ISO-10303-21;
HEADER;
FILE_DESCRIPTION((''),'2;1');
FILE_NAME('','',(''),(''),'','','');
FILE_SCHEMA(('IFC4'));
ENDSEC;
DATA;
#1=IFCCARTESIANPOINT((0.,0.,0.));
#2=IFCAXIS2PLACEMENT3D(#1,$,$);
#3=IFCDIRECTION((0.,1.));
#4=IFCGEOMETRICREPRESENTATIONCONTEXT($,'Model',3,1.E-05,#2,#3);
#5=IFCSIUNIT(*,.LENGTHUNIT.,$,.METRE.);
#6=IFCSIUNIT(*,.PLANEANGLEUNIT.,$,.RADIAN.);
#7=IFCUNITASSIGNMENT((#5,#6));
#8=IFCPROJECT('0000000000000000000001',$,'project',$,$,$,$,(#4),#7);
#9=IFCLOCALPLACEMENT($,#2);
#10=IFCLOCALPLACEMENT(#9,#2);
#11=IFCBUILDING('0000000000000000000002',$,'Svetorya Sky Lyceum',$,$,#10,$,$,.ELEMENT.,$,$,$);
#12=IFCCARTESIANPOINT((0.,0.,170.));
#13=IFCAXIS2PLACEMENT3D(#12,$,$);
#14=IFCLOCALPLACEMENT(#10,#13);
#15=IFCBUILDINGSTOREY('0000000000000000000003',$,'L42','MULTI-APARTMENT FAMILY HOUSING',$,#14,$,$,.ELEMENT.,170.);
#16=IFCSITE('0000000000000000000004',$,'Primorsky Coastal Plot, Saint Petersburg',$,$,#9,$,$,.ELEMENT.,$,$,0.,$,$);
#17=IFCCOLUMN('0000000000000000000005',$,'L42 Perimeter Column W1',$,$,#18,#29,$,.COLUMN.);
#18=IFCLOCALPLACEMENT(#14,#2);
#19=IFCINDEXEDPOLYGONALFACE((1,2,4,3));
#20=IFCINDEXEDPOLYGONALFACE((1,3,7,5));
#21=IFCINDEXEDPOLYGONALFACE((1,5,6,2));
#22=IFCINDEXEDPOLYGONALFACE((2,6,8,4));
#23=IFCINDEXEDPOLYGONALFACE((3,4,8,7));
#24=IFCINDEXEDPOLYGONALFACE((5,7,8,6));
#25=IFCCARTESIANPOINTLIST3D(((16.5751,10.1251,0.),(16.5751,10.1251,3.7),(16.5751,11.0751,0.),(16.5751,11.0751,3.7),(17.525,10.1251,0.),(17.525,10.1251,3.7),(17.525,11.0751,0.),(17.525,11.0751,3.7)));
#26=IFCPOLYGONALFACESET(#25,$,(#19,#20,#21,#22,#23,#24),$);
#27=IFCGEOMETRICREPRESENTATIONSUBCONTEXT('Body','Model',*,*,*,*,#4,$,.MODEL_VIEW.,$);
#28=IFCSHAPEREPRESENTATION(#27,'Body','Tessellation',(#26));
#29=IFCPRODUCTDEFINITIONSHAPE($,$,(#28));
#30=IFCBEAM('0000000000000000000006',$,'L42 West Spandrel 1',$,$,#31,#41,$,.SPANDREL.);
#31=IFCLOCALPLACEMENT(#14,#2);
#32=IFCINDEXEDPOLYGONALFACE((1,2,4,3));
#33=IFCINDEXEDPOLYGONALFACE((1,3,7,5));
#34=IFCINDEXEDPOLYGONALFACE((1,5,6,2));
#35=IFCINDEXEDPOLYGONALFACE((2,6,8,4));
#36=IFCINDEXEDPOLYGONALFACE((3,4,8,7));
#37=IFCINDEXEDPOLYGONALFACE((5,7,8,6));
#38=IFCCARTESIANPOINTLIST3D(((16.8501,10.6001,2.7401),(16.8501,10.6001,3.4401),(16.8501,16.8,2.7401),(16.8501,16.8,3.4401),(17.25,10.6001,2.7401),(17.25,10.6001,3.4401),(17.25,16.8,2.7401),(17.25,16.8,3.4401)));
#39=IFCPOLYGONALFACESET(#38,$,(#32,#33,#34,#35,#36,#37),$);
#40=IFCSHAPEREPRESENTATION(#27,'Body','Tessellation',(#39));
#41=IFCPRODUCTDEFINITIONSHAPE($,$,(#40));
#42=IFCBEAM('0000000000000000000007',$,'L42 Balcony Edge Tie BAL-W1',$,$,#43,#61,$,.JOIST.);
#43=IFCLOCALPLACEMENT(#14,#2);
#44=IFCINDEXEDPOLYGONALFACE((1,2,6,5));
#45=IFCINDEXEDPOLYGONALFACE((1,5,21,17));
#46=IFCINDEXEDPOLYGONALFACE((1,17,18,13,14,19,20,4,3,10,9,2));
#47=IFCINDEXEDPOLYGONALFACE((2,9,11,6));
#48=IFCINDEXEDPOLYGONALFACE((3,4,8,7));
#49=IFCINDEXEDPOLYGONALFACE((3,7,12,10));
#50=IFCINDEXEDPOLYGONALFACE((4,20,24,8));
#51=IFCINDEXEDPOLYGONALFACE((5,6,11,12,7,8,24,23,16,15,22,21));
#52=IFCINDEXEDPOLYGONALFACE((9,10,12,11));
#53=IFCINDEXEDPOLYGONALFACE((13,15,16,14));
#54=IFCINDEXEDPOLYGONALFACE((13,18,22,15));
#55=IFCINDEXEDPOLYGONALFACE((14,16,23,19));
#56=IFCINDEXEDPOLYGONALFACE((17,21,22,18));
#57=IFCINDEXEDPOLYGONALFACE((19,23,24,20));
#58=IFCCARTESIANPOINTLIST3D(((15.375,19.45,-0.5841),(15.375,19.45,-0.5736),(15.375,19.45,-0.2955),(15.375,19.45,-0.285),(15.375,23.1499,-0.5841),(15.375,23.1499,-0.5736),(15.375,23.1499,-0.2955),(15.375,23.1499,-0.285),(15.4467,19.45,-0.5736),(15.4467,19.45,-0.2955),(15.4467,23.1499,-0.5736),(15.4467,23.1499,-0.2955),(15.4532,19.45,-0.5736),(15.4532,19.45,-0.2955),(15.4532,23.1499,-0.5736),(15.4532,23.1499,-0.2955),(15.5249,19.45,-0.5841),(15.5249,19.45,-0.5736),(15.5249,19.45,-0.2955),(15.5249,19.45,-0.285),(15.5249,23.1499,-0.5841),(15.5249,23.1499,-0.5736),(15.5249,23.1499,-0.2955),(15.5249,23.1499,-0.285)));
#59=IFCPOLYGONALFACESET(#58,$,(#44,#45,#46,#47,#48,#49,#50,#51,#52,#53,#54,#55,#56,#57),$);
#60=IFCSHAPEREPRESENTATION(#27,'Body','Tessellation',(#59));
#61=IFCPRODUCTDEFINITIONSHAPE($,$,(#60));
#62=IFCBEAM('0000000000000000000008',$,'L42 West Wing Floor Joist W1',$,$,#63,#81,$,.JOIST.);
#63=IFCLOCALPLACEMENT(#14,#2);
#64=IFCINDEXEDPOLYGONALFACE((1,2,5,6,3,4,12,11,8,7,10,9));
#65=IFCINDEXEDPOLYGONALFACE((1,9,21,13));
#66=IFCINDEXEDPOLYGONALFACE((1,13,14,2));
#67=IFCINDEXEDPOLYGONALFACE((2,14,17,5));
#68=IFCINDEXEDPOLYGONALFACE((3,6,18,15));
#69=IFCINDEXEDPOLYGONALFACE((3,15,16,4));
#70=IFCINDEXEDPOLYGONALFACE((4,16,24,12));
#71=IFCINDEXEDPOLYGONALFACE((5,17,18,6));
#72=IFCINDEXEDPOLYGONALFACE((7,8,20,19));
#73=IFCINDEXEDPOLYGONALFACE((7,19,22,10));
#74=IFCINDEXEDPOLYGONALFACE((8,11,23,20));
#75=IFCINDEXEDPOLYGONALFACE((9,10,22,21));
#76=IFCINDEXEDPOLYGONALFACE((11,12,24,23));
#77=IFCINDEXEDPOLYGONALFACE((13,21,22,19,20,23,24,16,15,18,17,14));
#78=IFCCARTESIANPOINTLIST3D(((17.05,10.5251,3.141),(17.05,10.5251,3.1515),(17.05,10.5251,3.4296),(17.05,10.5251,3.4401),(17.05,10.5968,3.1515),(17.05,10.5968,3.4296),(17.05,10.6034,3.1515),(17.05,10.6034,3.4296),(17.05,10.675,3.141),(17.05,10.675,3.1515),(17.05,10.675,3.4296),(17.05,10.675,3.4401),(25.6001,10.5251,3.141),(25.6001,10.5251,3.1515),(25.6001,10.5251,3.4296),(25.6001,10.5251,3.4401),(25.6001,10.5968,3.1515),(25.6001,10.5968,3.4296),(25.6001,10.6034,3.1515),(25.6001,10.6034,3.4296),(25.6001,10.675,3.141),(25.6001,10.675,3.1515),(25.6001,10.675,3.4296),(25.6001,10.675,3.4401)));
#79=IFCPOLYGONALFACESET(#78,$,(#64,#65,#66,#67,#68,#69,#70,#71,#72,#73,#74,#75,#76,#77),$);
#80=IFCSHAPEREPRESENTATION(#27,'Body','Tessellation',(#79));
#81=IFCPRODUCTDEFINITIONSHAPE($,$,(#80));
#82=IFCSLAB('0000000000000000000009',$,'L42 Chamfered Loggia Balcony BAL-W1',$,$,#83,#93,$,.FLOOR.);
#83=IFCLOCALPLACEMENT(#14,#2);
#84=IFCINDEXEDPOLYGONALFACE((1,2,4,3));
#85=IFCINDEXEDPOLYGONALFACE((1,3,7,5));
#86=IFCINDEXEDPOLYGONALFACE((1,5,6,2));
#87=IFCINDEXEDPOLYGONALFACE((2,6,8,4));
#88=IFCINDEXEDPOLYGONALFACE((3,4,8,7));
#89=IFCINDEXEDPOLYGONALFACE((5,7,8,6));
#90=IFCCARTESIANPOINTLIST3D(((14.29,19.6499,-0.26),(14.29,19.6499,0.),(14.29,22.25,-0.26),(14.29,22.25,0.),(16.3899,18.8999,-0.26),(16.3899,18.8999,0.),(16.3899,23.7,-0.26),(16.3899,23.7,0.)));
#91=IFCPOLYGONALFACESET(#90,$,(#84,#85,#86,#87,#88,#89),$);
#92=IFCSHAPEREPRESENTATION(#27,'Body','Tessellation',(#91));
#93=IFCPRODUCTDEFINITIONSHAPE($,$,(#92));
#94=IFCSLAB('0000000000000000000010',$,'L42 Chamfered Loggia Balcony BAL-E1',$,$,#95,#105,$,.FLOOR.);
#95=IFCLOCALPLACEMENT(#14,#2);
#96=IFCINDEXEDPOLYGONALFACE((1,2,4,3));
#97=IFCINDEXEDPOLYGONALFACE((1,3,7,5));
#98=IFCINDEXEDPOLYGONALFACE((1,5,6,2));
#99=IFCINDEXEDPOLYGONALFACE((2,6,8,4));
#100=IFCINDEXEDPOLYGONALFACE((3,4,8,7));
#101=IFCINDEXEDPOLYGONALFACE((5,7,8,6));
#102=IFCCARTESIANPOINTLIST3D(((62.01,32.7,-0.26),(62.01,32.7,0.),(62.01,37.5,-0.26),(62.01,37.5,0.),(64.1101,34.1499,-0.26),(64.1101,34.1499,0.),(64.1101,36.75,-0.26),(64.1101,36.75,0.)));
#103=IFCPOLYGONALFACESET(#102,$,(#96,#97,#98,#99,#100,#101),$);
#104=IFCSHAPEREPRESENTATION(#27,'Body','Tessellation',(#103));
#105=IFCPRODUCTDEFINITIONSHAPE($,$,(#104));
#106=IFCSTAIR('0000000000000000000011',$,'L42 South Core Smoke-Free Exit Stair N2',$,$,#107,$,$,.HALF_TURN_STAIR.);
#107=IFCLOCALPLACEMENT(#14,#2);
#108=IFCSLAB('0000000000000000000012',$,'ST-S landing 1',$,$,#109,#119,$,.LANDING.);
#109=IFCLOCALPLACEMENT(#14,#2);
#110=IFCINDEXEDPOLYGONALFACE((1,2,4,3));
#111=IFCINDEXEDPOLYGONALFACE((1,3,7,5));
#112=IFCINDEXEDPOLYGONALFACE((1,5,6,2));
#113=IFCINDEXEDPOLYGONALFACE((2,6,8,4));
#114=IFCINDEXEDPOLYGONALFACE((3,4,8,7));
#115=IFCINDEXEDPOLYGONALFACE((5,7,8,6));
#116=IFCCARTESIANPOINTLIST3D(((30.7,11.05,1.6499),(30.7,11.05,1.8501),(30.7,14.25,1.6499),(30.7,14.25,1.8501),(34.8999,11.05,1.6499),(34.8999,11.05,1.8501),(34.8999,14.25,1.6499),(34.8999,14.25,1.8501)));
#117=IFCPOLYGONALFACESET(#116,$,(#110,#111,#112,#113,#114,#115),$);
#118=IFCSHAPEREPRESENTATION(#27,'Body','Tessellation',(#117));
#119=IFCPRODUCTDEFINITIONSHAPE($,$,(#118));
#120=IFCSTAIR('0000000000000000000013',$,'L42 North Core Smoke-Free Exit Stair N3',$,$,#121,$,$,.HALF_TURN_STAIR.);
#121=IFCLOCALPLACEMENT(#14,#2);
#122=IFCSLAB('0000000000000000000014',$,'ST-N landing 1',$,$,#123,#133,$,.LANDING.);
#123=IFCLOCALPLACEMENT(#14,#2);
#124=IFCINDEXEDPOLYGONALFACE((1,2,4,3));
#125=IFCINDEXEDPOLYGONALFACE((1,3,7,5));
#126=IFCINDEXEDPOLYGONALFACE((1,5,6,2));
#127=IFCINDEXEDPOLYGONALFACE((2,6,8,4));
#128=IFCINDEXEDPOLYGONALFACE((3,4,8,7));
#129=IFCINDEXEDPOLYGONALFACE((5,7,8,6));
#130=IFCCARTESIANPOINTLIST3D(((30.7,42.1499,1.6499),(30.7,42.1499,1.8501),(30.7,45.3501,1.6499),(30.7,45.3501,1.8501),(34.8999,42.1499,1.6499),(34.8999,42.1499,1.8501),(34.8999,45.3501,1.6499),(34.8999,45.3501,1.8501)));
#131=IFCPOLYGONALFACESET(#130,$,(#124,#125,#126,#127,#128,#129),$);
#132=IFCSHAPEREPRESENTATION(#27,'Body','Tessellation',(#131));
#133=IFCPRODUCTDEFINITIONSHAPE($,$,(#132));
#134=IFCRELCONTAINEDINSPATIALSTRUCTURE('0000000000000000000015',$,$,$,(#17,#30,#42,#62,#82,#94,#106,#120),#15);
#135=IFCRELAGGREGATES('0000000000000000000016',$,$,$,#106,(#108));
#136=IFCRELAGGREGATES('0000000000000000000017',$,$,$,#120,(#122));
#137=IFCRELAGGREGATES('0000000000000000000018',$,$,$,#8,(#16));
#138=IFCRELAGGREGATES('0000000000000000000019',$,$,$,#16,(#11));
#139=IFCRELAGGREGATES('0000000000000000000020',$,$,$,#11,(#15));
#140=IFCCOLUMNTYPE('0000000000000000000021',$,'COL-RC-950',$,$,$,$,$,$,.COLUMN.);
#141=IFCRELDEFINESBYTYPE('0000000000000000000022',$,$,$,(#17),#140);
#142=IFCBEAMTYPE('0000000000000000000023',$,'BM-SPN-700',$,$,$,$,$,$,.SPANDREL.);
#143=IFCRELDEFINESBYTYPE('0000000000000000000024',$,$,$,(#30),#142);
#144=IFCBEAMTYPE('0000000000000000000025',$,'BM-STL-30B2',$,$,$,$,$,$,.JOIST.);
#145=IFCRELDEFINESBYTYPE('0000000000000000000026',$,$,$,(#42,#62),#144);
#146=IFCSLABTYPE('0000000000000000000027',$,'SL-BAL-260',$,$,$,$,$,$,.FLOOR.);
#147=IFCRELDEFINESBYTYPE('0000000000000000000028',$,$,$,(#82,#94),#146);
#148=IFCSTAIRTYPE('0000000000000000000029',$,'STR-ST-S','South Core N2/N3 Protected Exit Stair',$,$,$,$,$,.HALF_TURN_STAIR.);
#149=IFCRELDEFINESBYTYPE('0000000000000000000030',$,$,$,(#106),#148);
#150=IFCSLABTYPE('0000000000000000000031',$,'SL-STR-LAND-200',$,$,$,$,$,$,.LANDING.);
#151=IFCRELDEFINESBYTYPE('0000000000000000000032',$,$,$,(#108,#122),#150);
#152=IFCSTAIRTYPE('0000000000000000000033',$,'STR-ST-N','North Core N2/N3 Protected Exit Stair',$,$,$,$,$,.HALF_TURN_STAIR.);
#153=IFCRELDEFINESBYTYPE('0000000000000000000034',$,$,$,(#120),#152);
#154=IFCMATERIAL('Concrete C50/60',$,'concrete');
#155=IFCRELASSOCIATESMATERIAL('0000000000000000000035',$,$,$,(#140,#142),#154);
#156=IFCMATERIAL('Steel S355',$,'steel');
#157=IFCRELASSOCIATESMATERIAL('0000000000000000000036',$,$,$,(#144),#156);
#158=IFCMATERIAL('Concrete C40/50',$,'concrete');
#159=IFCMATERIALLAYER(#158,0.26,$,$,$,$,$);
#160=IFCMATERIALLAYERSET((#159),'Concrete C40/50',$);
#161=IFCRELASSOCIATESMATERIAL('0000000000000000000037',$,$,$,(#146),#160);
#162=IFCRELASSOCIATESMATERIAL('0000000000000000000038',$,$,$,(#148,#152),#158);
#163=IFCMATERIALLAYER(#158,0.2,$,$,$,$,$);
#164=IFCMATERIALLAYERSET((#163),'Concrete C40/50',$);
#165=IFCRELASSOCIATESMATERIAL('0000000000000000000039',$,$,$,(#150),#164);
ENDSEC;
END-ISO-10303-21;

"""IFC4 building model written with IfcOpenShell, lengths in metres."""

from ifc_helpers import new_model, si_unit, direction, frame, origin, origin_2d, place, context, subcontext, project, spatial, polyline, rectangle, i_section, outline, extrude, material, layer, layer_set, material_profile, profile_set, type_object, element, aggregate, save


model = new_model("IFC4")

# Units and contexts
model_context = context("Model", 3, precision=1e-05, world=origin(), true_north=direction((0.0, 1.0)))
body_context = subcontext(model_context, "Body", "Model", "MODEL_VIEW")
ifc_project = project(units=[si_unit("LENGTHUNIT", "METRE"), si_unit("PLANEANGLEUNIT", "RADIAN")], contexts=[model_context])

# Site, building, storey
site_placement = place(None, origin())
site = spatial("IfcSite", under=ifc_project, at=site_placement, Name="Primorsky Coastal Plot, Saint Petersburg", CompositionType="ELEMENT", RefElevation=0.0)
building_placement = place(site_placement, origin())
building = spatial("IfcBuilding", under=site, at=building_placement, Name="Svetorya Sky Lyceum", CompositionType="ELEMENT")
storey_placement = place(building_placement, frame((0.0, 0.0, 170.0)))
storey = spatial("IfcBuildingStorey", under=building, at=storey_placement, Name="L42", Description="MULTI-APARTMENT FAMILY HOUSING", CompositionType="ELEMENT", Elevation=170.0)

# Column
ifc_material_1 = material(Name="Concrete C50/60", Category="concrete")
ifc_material_profile_1 = material_profile(ifc_material_1, rectangle(XDim=0.95, YDim=0.95, at=origin_2d()), Name="RC COL 950x950")
ifc_profile_set_1 = profile_set([ifc_material_profile_1], Name="Concrete C50/60")
column_type = type_object("IfcColumnType", Name="COL-RC-950", PredefinedType="COLUMN", material=ifc_profile_set_1)
column_placement = place(storey_placement, frame((17.05, 10.6001, 0.0), z_axis=(0.0, 0.0, 1.0), x_axis=(1.0, 0.0, 0.0)))
element("IfcColumn", 1, at=column_placement, inside=storey, type_object=column_type, Name="L42 Perimeter Column W1", PredefinedType="COLUMN", context=body_context, shape_type="SweptSolid", body=[
    extrude(rectangle(XDim=0.95, YDim=0.95, at=origin_2d()), origin(), (0.0, 0.0, 1.0), 3.7),
])

# Beams
ifc_material_profile_2 = material_profile(ifc_material_1, rectangle(XDim=0.3999, YDim=0.7, at=origin_2d()), Name="RC SPANDREL 400x700")
ifc_profile_set_2 = profile_set([ifc_material_profile_2], Name="Concrete C50/60")
beam_type_1 = type_object("IfcBeamType", Name="BM-SPN-700", PredefinedType="SPANDREL", material=ifc_profile_set_2)
beam_1_placement = place(storey_placement, frame((17.05, 10.6001, 3.0901), z_axis=(0.0, 1.0, 0.0), x_axis=(-1.0, 0.0, 0.0)))
element("IfcBeam", 2, at=beam_1_placement, inside=storey, type_object=beam_type_1, Name="L42 West Spandrel 1", PredefinedType="SPANDREL", context=body_context, shape_type="SweptSolid", body=[
    extrude(rectangle(XDim=0.3999, YDim=0.7, at=origin_2d()), origin(), (0.0, 0.0, 1.0), 6.2),
])
ifc_material_2 = material(Name="Steel S355", Category="steel")
ifc_material_profile_3 = material_profile(ifc_material_2, i_section(OverallWidth=0.1499, OverallDepth=0.2991, WebThickness=0.0066, FlangeThickness=0.0105, at=origin_2d()), Name="GOST 30B2")
ifc_profile_set_3 = profile_set([ifc_material_profile_3], Name="Steel S355")
beam_type_2 = type_object("IfcBeamType", Name="BM-STL-30B2", PredefinedType="JOIST", material=ifc_profile_set_3)
beam_2_placement = place(storey_placement, frame((15.45, 19.45, -0.4346), z_axis=(0.0, 1.0, 0.0), x_axis=(-1.0, 0.0, 0.0)))
element("IfcBeam", 3, at=beam_2_placement, inside=storey, type_object=beam_type_2, Name="L42 Balcony Edge Tie BAL-W1", PredefinedType="JOIST", context=body_context, shape_type="SweptSolid", body=[
    extrude(i_section(OverallWidth=0.1499, OverallDepth=0.2991, WebThickness=0.0066, FlangeThickness=0.0105, at=origin_2d()), origin(), (0.0, 0.0, 1.0), 3.7),
])
beam_3_placement = place(storey_placement, frame((17.05, 10.6001, 3.2905), z_axis=(1.0, 0.0, 0.0), x_axis=(0.0, 1.0, 0.0)))
element("IfcBeam", 4, at=beam_3_placement, inside=storey, type_object=beam_type_2, Name="L42 West Wing Floor Joist W1", PredefinedType="JOIST", context=body_context, shape_type="SweptSolid", body=[
    extrude(i_section(OverallWidth=0.1499, OverallDepth=0.2991, WebThickness=0.0066, FlangeThickness=0.0105, at=origin_2d()), origin(), (0.0, 0.0, 1.0), 8.55),
])

# Slabs
ifc_material_3 = material(Name="Concrete C40/50", Category="concrete")
ifc_layer_1 = layer(ifc_material_3, 0.26)
ifc_layer_set_1 = layer_set([ifc_layer_1], Name="Concrete C40/50")
slab_type_1 = type_object("IfcSlabType", Name="SL-BAL-260", PredefinedType="FLOOR", material=ifc_layer_set_1)
slab_1_placement = place(storey_placement, frame((0.0, 0.0, -0.26)))
element("IfcSlab", 5, at=slab_1_placement, inside=storey, type_object=slab_type_1, Name="L42 Chamfered Loggia Balcony BAL-W1", PredefinedType="FLOOR", context=body_context, shape_type="SweptSolid", body=[
    extrude(outline(polyline([(16.3899, 18.8999), (16.3899, 23.7), (14.29, 22.25), (14.29, 19.6499), (16.3899, 18.8999)])), origin(), (0.0, 0.0, 1.0), 0.26),
])
slab_2_placement = place(storey_placement, frame((0.0, 0.0, -0.26)))
element("IfcSlab", 6, at=slab_2_placement, inside=storey, type_object=slab_type_1, Name="L42 Chamfered Loggia Balcony BAL-E1", PredefinedType="FLOOR", context=body_context, shape_type="SweptSolid", body=[
    extrude(outline(polyline([(62.01, 32.7), (64.1101, 34.1499), (64.1101, 36.75), (62.01, 37.5), (62.01, 32.7)])), origin(), (0.0, 0.0, 1.0), 0.26),
])

# Stairs, slabs
stair_type_1 = type_object("IfcStairType", Name="STR-ST-S", Description="South Core N2/N3 Protected Exit Stair", PredefinedType="HALF_TURN_STAIR", material=ifc_material_3)
stair_1_placement = place(storey_placement, origin())
stair_1 = element("IfcStair", 7, at=stair_1_placement, inside=storey, type_object=stair_type_1, Name="L42 South Core Smoke-Free Exit Stair N2", PredefinedType="HALF_TURN_STAIR")
ifc_layer_2 = layer(ifc_material_3, 0.2)
ifc_layer_set_2 = layer_set([ifc_layer_2], Name="Concrete C40/50")
slab_type_2 = type_object("IfcSlabType", Name="SL-STR-LAND-200", PredefinedType="LANDING", material=ifc_layer_set_2)
slab_3_placement = place(storey_placement, frame((0.0, 0.0, 1.6499)))
slab_3 = element("IfcSlab", 8, at=slab_3_placement, type_object=slab_type_2, Name="ST-S landing 1", PredefinedType="LANDING", context=body_context, shape_type="SweptSolid", body=[
    extrude(outline(polyline([(30.7, 11.05), (34.8999, 11.05), (34.8999, 14.25), (30.7, 14.25), (30.7, 11.05)])), origin(), (0.0, 0.0, 1.0), 0.2002),
])
aggregate(stair_1, [slab_3])
stair_type_2 = type_object("IfcStairType", Name="STR-ST-N", Description="North Core N2/N3 Protected Exit Stair", PredefinedType="HALF_TURN_STAIR", material=ifc_material_3)
stair_2_placement = place(storey_placement, origin())
stair_2 = element("IfcStair", 9, at=stair_2_placement, inside=storey, type_object=stair_type_2, Name="L42 North Core Smoke-Free Exit Stair N3", PredefinedType="HALF_TURN_STAIR")
slab_4_placement = place(storey_placement, frame((0.0, 0.0, 1.6499)))
slab_4 = element("IfcSlab", 10, at=slab_4_placement, type_object=slab_type_2, Name="ST-N landing 1", PredefinedType="LANDING", context=body_context, shape_type="SweptSolid", body=[
    extrude(outline(polyline([(30.7, 42.1499), (34.8999, 42.1499), (34.8999, 45.3501), (30.7, 45.3501), (30.7, 42.1499)])), origin(), (0.0, 0.0, 1.0), 0.2002),
])
aggregate(stair_2, [slab_4])

save(model, "model.ifc")
